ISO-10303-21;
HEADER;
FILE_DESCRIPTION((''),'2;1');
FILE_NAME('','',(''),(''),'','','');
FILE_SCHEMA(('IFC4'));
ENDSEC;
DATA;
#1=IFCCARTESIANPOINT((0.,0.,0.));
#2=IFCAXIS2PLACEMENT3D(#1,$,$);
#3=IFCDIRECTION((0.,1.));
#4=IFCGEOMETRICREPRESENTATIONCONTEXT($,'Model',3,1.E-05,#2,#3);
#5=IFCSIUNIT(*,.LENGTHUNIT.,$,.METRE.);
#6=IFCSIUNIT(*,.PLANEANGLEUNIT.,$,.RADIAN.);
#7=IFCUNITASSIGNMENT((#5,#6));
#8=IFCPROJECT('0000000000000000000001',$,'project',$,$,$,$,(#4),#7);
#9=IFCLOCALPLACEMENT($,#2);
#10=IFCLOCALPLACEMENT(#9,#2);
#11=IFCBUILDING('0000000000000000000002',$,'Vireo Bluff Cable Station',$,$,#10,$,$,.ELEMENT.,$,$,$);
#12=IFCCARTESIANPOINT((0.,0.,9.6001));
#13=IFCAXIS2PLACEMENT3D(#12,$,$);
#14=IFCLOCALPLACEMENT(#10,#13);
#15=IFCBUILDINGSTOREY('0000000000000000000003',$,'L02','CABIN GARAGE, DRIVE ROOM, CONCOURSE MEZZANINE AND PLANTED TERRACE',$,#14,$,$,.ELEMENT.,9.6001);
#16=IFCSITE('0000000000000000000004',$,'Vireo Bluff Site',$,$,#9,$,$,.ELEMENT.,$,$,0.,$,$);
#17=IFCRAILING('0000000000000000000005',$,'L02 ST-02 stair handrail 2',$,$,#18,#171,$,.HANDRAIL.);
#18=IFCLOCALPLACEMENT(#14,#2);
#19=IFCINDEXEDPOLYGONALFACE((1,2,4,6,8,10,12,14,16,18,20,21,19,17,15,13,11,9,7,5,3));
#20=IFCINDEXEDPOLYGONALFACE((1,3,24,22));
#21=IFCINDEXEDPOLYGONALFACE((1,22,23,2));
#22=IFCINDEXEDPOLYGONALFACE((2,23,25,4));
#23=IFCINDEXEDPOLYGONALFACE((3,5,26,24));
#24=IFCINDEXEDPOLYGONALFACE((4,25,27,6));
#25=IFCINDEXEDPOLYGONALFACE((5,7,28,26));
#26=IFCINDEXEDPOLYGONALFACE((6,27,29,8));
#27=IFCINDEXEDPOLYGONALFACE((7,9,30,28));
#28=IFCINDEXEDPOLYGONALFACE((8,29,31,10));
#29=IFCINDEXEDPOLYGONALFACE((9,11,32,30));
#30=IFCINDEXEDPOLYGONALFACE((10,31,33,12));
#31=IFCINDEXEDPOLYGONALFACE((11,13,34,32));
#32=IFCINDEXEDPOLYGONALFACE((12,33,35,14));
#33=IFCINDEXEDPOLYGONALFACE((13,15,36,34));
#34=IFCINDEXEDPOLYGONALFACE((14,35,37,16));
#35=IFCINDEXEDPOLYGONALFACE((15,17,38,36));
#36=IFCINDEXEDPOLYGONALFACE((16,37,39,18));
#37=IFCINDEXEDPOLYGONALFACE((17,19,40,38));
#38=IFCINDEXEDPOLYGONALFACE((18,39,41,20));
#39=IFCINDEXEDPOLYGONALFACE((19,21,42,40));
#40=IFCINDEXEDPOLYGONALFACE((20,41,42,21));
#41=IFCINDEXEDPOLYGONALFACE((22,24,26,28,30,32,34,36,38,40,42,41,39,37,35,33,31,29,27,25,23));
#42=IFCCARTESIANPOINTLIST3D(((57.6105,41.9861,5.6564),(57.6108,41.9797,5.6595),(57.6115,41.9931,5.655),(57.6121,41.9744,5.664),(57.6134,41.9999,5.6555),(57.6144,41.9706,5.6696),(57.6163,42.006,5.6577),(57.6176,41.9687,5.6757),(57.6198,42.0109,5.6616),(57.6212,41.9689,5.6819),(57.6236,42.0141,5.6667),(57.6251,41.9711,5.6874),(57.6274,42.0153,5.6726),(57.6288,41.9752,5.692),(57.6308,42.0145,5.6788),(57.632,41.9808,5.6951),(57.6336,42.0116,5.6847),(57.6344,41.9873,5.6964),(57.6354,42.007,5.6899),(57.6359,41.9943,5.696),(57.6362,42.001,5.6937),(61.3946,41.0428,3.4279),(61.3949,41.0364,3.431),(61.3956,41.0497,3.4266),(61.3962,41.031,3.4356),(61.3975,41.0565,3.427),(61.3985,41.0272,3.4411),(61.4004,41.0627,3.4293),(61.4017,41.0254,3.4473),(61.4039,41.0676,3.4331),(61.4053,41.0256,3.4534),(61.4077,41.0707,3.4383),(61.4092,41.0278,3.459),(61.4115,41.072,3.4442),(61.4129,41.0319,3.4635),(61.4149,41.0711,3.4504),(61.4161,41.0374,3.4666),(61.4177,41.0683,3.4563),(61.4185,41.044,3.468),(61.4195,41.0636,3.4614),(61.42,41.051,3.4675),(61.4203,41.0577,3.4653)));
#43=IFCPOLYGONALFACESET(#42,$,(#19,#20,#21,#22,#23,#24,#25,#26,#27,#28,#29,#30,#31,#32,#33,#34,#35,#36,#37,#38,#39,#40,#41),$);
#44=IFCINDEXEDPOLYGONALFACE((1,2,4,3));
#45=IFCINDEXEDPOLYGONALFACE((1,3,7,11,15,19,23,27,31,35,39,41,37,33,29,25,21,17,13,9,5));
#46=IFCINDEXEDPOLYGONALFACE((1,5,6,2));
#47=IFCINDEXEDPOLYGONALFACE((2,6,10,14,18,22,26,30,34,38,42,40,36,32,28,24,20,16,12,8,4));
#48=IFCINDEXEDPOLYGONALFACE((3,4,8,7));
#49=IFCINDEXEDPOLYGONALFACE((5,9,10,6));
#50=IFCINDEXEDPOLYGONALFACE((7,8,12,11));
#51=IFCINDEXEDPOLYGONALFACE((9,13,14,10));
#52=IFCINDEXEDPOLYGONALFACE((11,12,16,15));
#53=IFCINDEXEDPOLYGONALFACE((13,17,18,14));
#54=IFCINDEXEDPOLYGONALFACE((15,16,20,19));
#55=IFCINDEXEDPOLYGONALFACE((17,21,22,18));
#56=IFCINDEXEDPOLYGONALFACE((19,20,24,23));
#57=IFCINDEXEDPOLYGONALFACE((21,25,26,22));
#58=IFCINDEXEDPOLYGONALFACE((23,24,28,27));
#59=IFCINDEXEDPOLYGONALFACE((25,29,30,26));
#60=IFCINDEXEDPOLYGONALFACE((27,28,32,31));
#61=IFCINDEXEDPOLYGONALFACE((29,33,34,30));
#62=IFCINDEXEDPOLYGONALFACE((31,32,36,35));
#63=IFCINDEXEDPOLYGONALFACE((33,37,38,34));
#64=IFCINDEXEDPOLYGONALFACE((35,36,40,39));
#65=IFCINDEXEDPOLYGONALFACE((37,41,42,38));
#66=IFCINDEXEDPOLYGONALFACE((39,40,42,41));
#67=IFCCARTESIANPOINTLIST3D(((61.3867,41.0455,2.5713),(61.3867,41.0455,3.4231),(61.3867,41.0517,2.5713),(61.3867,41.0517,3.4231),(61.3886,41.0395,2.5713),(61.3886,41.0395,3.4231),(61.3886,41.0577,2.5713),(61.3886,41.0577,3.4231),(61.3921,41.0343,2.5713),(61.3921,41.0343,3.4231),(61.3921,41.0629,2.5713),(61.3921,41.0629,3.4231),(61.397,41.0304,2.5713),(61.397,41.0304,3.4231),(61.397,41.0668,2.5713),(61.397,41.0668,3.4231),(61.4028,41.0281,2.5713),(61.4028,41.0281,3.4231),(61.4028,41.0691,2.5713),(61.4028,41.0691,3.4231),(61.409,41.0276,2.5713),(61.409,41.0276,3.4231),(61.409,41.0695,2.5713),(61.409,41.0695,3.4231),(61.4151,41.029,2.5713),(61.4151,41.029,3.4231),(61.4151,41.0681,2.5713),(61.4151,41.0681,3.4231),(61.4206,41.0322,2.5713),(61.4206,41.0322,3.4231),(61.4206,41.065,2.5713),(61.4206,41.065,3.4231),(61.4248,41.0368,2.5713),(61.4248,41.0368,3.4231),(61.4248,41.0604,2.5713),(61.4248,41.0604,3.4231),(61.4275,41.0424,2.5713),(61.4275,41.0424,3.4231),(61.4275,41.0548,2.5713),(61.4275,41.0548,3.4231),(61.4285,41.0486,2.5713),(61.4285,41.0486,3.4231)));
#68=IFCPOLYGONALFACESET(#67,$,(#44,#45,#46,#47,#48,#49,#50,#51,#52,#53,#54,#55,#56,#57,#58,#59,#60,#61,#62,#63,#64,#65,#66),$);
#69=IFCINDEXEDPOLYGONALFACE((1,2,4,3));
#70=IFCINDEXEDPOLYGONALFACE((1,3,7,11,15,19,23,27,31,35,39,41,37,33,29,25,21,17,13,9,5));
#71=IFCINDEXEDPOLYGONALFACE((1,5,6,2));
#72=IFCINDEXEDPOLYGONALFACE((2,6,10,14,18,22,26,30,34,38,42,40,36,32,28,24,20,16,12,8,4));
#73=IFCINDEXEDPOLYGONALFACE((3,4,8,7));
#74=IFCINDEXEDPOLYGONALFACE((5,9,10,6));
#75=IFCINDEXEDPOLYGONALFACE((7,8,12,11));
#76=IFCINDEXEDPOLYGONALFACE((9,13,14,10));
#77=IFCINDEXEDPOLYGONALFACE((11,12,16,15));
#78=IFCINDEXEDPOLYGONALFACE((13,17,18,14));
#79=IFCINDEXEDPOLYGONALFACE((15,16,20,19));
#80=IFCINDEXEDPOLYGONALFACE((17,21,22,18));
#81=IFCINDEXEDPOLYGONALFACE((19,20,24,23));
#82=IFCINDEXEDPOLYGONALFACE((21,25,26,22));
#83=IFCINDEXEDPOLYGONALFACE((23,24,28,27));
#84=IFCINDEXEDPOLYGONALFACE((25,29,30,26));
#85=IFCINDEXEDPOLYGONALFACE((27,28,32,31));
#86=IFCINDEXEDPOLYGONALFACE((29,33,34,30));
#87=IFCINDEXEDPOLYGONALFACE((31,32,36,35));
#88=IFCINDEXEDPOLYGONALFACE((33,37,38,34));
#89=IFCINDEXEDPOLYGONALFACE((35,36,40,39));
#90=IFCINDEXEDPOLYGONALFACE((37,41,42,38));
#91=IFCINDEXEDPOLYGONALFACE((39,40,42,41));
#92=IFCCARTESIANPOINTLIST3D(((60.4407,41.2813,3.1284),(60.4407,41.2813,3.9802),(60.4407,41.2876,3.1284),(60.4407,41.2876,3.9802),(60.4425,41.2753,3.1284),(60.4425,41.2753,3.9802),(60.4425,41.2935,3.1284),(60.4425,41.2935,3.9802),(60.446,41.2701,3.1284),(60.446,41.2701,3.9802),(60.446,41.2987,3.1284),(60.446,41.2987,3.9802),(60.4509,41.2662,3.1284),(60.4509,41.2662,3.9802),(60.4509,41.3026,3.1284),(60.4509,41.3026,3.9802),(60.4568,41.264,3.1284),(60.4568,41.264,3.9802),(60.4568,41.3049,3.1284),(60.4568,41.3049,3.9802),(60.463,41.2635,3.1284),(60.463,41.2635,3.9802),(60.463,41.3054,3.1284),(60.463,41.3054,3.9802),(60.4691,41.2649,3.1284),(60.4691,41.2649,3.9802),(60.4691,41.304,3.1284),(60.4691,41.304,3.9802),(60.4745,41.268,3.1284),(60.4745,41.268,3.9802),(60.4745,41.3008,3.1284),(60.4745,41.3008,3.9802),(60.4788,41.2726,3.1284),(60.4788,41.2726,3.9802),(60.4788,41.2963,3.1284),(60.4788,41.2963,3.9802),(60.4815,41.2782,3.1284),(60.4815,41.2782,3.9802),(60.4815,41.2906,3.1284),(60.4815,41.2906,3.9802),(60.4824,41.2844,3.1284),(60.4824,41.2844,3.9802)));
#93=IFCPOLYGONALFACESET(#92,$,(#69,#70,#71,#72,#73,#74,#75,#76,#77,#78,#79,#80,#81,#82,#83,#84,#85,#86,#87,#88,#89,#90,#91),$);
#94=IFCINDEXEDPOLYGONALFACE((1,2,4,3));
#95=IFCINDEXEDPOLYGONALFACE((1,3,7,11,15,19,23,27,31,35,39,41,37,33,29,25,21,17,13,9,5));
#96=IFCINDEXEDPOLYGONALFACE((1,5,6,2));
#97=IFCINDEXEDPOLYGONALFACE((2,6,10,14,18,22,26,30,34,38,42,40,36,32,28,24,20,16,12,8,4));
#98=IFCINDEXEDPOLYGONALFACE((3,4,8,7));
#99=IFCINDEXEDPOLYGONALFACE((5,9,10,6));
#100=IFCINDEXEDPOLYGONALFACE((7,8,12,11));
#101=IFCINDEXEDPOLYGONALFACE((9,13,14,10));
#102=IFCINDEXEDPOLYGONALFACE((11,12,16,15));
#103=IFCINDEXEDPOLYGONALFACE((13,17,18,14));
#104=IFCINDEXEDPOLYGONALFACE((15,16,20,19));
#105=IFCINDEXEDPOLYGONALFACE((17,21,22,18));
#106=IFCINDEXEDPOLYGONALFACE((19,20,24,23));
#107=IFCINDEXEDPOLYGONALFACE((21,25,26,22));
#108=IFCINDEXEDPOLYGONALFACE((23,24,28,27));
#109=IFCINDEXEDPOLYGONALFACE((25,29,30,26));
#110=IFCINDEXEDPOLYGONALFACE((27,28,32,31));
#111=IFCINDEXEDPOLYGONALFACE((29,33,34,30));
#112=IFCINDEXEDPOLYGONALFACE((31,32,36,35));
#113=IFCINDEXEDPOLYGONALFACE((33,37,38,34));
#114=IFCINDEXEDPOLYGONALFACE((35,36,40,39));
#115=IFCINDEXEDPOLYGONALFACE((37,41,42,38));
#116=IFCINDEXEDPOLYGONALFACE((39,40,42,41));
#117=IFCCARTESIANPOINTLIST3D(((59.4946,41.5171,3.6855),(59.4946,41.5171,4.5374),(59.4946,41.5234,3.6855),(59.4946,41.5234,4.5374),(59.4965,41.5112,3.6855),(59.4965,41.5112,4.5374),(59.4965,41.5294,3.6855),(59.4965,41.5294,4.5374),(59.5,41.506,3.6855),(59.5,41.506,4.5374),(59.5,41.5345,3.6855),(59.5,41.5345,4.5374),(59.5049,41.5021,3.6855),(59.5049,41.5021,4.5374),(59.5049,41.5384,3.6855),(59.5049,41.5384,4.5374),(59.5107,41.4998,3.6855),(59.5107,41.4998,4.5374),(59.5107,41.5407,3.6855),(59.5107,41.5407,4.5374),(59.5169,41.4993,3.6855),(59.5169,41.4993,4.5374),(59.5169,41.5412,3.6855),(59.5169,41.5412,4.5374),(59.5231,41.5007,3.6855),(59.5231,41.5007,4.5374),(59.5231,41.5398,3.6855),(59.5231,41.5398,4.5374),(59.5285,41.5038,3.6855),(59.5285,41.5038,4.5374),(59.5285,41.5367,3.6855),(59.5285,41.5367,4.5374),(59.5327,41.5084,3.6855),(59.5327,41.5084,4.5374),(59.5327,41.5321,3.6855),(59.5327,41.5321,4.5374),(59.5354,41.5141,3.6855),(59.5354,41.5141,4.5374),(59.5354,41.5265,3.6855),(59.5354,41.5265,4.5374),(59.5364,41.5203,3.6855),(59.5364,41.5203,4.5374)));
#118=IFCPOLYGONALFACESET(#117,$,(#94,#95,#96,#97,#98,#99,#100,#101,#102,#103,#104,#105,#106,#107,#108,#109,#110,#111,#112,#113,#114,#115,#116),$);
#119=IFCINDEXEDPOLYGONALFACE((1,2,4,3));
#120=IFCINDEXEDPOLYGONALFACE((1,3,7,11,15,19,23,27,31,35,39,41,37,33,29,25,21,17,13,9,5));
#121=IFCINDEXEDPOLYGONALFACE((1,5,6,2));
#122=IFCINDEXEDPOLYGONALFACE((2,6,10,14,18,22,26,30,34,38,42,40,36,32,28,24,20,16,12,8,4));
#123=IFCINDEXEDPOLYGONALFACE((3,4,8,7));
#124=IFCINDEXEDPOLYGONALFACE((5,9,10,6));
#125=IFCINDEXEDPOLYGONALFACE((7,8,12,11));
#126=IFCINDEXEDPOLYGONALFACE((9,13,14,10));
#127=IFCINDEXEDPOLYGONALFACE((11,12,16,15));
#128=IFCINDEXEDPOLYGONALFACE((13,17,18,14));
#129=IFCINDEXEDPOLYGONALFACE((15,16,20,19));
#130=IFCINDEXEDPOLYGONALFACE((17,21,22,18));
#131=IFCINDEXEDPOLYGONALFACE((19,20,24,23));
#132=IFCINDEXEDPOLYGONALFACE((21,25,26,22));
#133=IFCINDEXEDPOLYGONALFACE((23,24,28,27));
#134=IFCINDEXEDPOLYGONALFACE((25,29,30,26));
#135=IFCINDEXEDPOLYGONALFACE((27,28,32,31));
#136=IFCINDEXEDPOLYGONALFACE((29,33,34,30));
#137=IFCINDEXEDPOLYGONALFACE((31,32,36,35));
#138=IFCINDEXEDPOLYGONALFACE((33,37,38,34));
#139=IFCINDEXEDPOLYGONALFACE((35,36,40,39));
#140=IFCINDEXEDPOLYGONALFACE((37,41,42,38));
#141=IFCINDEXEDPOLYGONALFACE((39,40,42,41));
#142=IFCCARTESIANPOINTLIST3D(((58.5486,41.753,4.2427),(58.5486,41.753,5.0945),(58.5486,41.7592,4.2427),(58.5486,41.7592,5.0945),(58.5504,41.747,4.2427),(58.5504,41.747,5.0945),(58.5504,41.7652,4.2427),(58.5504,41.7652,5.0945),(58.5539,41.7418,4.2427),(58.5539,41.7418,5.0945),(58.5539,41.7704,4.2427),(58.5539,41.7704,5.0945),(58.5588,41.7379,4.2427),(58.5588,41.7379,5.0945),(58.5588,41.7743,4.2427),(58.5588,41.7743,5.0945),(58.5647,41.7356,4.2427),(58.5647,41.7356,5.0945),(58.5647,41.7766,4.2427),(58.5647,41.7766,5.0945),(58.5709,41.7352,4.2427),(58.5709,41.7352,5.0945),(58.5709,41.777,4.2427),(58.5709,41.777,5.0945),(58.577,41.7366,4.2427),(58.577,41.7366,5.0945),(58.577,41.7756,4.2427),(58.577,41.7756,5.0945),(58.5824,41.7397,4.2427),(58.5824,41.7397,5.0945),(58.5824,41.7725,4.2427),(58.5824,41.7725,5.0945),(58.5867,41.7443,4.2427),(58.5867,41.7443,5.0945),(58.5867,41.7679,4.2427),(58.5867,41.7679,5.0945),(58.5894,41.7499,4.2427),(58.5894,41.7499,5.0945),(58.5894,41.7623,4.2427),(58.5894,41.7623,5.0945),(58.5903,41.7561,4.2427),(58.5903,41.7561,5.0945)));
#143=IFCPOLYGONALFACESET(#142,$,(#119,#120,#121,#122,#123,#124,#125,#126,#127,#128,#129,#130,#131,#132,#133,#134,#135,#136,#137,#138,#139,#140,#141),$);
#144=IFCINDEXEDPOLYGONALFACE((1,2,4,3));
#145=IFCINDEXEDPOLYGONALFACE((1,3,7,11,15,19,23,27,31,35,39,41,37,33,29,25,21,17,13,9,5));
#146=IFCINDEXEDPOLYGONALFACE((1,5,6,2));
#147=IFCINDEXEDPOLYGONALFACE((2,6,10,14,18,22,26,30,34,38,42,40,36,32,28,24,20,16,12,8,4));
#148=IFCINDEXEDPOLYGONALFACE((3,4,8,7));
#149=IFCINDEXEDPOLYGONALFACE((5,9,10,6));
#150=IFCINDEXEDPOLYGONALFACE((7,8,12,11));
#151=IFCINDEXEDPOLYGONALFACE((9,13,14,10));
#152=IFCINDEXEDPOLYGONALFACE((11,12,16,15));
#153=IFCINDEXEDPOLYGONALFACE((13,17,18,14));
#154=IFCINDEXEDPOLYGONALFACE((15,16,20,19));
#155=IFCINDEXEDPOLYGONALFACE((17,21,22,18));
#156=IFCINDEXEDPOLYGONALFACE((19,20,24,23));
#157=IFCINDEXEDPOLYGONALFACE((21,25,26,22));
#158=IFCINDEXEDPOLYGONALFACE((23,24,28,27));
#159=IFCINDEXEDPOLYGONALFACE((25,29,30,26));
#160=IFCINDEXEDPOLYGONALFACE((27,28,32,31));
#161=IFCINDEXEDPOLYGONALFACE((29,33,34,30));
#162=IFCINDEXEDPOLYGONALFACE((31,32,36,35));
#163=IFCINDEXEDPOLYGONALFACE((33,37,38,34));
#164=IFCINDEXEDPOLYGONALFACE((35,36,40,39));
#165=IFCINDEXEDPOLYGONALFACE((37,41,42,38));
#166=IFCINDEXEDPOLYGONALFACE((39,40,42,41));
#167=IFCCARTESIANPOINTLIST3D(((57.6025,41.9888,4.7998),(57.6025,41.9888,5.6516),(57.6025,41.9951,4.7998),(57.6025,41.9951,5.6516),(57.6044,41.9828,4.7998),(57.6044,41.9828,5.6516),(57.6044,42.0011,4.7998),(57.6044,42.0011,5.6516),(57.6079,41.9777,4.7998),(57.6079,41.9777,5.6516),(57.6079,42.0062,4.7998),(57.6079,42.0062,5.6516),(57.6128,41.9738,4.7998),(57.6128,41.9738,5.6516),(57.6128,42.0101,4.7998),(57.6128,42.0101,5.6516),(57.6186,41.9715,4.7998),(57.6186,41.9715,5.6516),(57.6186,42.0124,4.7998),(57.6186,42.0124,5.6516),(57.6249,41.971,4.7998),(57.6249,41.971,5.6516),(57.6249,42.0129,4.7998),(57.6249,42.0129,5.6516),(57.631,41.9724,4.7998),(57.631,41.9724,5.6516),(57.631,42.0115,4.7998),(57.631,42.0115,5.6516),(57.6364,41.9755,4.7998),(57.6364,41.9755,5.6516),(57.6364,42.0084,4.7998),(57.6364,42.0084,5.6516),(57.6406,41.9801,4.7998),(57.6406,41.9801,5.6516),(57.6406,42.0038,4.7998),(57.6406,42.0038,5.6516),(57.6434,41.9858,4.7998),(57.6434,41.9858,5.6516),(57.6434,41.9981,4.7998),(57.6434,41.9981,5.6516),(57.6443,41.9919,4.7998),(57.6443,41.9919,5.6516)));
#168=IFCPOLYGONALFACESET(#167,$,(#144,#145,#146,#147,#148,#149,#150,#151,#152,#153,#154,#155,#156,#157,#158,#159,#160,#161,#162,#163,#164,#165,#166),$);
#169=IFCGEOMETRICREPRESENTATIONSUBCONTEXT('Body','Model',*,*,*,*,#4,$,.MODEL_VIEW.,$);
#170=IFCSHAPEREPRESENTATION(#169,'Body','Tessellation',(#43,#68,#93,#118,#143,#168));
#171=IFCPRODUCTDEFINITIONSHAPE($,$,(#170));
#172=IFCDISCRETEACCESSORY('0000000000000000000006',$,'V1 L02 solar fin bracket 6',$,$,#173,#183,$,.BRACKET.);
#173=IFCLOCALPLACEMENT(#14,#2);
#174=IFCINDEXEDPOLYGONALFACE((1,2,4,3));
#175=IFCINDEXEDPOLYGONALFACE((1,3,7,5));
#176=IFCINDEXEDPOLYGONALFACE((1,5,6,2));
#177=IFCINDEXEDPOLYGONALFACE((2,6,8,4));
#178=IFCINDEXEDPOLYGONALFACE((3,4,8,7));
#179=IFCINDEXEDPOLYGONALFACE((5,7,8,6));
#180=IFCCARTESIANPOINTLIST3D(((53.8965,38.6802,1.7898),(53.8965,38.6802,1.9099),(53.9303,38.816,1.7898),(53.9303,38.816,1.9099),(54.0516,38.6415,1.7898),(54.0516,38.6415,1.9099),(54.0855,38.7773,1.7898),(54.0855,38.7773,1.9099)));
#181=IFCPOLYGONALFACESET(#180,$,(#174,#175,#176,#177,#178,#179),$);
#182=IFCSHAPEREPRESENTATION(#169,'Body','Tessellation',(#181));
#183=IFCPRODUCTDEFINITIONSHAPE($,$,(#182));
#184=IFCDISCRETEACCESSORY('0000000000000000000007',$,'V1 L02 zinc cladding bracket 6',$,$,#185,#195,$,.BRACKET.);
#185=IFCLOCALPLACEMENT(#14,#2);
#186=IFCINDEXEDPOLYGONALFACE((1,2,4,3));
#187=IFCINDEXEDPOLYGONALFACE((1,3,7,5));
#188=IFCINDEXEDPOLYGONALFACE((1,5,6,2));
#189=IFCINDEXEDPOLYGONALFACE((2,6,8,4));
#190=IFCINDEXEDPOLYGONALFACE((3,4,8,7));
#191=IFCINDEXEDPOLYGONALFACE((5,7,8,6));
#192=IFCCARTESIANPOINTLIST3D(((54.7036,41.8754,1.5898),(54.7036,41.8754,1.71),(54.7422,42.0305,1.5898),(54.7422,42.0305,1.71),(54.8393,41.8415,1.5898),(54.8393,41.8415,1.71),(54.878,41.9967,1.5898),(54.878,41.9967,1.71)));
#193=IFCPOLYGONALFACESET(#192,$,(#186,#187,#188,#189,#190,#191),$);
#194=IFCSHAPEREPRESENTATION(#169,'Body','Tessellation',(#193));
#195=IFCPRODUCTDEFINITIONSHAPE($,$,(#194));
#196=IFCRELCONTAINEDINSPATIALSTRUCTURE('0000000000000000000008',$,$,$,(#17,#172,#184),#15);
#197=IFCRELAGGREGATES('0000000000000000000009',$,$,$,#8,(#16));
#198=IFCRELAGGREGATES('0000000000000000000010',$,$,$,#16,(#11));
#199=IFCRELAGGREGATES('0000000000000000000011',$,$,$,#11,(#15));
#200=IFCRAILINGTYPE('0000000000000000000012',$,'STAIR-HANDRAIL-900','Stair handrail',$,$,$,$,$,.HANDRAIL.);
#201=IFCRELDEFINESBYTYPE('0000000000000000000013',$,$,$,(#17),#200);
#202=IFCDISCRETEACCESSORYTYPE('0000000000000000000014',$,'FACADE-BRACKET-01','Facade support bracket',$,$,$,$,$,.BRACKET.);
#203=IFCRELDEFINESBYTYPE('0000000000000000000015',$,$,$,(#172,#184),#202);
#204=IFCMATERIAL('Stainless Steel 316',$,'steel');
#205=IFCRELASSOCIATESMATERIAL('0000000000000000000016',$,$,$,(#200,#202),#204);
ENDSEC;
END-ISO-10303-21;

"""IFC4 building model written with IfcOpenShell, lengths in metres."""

from ifc_helpers import new_model, si_unit, direction, frame, origin, origin_2d, place, context, subcontext, project, spatial, rectangle, circle, extrude, material, type_object, element, save


model = new_model("IFC4")

# Units and contexts
model_context = context("Model", 3, precision=1e-05, world=origin(), true_north=direction((0.0, 1.0)))
body_context = subcontext(model_context, "Body", "Model", "MODEL_VIEW")
ifc_project = project(units=[si_unit("LENGTHUNIT", "METRE"), si_unit("PLANEANGLEUNIT", "RADIAN")], contexts=[model_context])

# Site, building, storey
site_placement = place(None, origin())
site = spatial("IfcSite", under=ifc_project, at=site_placement, Name="Vireo Bluff Site", CompositionType="ELEMENT", RefElevation=0.0)
building_placement = place(site_placement, origin())
building = spatial("IfcBuilding", under=site, at=building_placement, Name="Vireo Bluff Cable Station", CompositionType="ELEMENT")
storey_placement = place(building_placement, frame((0.0, 0.0, 9.6001)))
storey = spatial("IfcBuildingStorey", under=building, at=storey_placement, Name="L02", Description="CABIN GARAGE, DRIVE ROOM, CONCOURSE MEZZANINE AND PLANTED TERRACE", CompositionType="ELEMENT", Elevation=9.6001)

# Shared definitions
ifc_material_1 = material(Name="Stainless Steel 316", Category="steel")

# Railing
railing_type_1 = type_object("IfcRailingType", Name="STAIR-HANDRAIL-900", Description="Stair handrail", PredefinedType="HANDRAIL", material=ifc_material_1)
railing_1_placement = place(storey_placement, frame((61.4075, 41.0486, 2.5713)))
element("IfcRailing", 1, at=railing_1_placement, inside=storey, type_object=railing_type_1, Name="L02 ST-02 stair handrail 2", PredefinedType="HANDRAIL", context=body_context, shape_type="SweptSolid", body=[
    extrude(circle(Radius=0.0239, at=origin_2d()), frame((0.0, 0.0, 0.876), z_axis=(-0.842465, 0.210018, 0.49613), x_axis=(-0.241887, -0.970304, 0.0)), (0.0, 0.0, 1.0), 4.4917),
    extrude(circle(Radius=0.021, at=origin_2d()), origin(), (0.0, 0.0, 1.0), 0.8518),
    extrude(circle(Radius=0.021, at=origin_2d()), frame((-0.946, 0.2358, 0.5571)), (0.0, 0.0, 1.0), 0.8518),
    extrude(circle(Radius=0.021, at=origin_2d()), frame((-1.8921, 0.4717, 1.1143)), (0.0, 0.0, 1.0), 0.8518),
    extrude(circle(Radius=0.021, at=origin_2d()), frame((-2.8381, 0.7075, 1.6714)), (0.0, 0.0, 1.0), 0.8518),
    extrude(circle(Radius=0.021, at=origin_2d()), frame((-3.7842, 0.9434, 2.2285)), (0.0, 0.0, 1.0), 0.8518),
])

# Discrete accessories
discrete_accessory_type = type_object("IfcDiscreteAccessoryType", Name="FACADE-BRACKET-01", Description="Facade support bracket", PredefinedType="BRACKET", material=ifc_material_1)
discrete_accessory_1_placement = place(storey_placement, frame((53.991, 38.7288, 1.7898), z_axis=(0.0, 0.0, 1.0), x_axis=(0.241922, 0.970296, 0.0)))
element("IfcDiscreteAccessory", 2, at=discrete_accessory_1_placement, inside=storey, type_object=discrete_accessory_type, Name="V1 L02 solar fin bracket 6", PredefinedType="BRACKET", context=body_context, shape_type="SweptSolid", body=[
    extrude(rectangle(XDim=0.1399, YDim=0.1599, at=origin_2d()), origin(), (0.0, 0.0, 1.0), 0.1201),
])
discrete_accessory_2_placement = place(storey_placement, frame((54.7908, 41.936, 1.5898), z_axis=(0.0, 0.0, 1.0), x_axis=(0.241922, 0.970296, 0.0)))
element("IfcDiscreteAccessory", 3, at=discrete_accessory_2_placement, inside=storey, type_object=discrete_accessory_type, Name="V1 L02 zinc cladding bracket 6", PredefinedType="BRACKET", context=body_context, shape_type="SweptSolid", body=[
    extrude(rectangle(XDim=0.1599, YDim=0.1399, at=origin_2d()), origin(), (0.0, 0.0, 1.0), 0.1201),
])

save(model, "model.ifc")
